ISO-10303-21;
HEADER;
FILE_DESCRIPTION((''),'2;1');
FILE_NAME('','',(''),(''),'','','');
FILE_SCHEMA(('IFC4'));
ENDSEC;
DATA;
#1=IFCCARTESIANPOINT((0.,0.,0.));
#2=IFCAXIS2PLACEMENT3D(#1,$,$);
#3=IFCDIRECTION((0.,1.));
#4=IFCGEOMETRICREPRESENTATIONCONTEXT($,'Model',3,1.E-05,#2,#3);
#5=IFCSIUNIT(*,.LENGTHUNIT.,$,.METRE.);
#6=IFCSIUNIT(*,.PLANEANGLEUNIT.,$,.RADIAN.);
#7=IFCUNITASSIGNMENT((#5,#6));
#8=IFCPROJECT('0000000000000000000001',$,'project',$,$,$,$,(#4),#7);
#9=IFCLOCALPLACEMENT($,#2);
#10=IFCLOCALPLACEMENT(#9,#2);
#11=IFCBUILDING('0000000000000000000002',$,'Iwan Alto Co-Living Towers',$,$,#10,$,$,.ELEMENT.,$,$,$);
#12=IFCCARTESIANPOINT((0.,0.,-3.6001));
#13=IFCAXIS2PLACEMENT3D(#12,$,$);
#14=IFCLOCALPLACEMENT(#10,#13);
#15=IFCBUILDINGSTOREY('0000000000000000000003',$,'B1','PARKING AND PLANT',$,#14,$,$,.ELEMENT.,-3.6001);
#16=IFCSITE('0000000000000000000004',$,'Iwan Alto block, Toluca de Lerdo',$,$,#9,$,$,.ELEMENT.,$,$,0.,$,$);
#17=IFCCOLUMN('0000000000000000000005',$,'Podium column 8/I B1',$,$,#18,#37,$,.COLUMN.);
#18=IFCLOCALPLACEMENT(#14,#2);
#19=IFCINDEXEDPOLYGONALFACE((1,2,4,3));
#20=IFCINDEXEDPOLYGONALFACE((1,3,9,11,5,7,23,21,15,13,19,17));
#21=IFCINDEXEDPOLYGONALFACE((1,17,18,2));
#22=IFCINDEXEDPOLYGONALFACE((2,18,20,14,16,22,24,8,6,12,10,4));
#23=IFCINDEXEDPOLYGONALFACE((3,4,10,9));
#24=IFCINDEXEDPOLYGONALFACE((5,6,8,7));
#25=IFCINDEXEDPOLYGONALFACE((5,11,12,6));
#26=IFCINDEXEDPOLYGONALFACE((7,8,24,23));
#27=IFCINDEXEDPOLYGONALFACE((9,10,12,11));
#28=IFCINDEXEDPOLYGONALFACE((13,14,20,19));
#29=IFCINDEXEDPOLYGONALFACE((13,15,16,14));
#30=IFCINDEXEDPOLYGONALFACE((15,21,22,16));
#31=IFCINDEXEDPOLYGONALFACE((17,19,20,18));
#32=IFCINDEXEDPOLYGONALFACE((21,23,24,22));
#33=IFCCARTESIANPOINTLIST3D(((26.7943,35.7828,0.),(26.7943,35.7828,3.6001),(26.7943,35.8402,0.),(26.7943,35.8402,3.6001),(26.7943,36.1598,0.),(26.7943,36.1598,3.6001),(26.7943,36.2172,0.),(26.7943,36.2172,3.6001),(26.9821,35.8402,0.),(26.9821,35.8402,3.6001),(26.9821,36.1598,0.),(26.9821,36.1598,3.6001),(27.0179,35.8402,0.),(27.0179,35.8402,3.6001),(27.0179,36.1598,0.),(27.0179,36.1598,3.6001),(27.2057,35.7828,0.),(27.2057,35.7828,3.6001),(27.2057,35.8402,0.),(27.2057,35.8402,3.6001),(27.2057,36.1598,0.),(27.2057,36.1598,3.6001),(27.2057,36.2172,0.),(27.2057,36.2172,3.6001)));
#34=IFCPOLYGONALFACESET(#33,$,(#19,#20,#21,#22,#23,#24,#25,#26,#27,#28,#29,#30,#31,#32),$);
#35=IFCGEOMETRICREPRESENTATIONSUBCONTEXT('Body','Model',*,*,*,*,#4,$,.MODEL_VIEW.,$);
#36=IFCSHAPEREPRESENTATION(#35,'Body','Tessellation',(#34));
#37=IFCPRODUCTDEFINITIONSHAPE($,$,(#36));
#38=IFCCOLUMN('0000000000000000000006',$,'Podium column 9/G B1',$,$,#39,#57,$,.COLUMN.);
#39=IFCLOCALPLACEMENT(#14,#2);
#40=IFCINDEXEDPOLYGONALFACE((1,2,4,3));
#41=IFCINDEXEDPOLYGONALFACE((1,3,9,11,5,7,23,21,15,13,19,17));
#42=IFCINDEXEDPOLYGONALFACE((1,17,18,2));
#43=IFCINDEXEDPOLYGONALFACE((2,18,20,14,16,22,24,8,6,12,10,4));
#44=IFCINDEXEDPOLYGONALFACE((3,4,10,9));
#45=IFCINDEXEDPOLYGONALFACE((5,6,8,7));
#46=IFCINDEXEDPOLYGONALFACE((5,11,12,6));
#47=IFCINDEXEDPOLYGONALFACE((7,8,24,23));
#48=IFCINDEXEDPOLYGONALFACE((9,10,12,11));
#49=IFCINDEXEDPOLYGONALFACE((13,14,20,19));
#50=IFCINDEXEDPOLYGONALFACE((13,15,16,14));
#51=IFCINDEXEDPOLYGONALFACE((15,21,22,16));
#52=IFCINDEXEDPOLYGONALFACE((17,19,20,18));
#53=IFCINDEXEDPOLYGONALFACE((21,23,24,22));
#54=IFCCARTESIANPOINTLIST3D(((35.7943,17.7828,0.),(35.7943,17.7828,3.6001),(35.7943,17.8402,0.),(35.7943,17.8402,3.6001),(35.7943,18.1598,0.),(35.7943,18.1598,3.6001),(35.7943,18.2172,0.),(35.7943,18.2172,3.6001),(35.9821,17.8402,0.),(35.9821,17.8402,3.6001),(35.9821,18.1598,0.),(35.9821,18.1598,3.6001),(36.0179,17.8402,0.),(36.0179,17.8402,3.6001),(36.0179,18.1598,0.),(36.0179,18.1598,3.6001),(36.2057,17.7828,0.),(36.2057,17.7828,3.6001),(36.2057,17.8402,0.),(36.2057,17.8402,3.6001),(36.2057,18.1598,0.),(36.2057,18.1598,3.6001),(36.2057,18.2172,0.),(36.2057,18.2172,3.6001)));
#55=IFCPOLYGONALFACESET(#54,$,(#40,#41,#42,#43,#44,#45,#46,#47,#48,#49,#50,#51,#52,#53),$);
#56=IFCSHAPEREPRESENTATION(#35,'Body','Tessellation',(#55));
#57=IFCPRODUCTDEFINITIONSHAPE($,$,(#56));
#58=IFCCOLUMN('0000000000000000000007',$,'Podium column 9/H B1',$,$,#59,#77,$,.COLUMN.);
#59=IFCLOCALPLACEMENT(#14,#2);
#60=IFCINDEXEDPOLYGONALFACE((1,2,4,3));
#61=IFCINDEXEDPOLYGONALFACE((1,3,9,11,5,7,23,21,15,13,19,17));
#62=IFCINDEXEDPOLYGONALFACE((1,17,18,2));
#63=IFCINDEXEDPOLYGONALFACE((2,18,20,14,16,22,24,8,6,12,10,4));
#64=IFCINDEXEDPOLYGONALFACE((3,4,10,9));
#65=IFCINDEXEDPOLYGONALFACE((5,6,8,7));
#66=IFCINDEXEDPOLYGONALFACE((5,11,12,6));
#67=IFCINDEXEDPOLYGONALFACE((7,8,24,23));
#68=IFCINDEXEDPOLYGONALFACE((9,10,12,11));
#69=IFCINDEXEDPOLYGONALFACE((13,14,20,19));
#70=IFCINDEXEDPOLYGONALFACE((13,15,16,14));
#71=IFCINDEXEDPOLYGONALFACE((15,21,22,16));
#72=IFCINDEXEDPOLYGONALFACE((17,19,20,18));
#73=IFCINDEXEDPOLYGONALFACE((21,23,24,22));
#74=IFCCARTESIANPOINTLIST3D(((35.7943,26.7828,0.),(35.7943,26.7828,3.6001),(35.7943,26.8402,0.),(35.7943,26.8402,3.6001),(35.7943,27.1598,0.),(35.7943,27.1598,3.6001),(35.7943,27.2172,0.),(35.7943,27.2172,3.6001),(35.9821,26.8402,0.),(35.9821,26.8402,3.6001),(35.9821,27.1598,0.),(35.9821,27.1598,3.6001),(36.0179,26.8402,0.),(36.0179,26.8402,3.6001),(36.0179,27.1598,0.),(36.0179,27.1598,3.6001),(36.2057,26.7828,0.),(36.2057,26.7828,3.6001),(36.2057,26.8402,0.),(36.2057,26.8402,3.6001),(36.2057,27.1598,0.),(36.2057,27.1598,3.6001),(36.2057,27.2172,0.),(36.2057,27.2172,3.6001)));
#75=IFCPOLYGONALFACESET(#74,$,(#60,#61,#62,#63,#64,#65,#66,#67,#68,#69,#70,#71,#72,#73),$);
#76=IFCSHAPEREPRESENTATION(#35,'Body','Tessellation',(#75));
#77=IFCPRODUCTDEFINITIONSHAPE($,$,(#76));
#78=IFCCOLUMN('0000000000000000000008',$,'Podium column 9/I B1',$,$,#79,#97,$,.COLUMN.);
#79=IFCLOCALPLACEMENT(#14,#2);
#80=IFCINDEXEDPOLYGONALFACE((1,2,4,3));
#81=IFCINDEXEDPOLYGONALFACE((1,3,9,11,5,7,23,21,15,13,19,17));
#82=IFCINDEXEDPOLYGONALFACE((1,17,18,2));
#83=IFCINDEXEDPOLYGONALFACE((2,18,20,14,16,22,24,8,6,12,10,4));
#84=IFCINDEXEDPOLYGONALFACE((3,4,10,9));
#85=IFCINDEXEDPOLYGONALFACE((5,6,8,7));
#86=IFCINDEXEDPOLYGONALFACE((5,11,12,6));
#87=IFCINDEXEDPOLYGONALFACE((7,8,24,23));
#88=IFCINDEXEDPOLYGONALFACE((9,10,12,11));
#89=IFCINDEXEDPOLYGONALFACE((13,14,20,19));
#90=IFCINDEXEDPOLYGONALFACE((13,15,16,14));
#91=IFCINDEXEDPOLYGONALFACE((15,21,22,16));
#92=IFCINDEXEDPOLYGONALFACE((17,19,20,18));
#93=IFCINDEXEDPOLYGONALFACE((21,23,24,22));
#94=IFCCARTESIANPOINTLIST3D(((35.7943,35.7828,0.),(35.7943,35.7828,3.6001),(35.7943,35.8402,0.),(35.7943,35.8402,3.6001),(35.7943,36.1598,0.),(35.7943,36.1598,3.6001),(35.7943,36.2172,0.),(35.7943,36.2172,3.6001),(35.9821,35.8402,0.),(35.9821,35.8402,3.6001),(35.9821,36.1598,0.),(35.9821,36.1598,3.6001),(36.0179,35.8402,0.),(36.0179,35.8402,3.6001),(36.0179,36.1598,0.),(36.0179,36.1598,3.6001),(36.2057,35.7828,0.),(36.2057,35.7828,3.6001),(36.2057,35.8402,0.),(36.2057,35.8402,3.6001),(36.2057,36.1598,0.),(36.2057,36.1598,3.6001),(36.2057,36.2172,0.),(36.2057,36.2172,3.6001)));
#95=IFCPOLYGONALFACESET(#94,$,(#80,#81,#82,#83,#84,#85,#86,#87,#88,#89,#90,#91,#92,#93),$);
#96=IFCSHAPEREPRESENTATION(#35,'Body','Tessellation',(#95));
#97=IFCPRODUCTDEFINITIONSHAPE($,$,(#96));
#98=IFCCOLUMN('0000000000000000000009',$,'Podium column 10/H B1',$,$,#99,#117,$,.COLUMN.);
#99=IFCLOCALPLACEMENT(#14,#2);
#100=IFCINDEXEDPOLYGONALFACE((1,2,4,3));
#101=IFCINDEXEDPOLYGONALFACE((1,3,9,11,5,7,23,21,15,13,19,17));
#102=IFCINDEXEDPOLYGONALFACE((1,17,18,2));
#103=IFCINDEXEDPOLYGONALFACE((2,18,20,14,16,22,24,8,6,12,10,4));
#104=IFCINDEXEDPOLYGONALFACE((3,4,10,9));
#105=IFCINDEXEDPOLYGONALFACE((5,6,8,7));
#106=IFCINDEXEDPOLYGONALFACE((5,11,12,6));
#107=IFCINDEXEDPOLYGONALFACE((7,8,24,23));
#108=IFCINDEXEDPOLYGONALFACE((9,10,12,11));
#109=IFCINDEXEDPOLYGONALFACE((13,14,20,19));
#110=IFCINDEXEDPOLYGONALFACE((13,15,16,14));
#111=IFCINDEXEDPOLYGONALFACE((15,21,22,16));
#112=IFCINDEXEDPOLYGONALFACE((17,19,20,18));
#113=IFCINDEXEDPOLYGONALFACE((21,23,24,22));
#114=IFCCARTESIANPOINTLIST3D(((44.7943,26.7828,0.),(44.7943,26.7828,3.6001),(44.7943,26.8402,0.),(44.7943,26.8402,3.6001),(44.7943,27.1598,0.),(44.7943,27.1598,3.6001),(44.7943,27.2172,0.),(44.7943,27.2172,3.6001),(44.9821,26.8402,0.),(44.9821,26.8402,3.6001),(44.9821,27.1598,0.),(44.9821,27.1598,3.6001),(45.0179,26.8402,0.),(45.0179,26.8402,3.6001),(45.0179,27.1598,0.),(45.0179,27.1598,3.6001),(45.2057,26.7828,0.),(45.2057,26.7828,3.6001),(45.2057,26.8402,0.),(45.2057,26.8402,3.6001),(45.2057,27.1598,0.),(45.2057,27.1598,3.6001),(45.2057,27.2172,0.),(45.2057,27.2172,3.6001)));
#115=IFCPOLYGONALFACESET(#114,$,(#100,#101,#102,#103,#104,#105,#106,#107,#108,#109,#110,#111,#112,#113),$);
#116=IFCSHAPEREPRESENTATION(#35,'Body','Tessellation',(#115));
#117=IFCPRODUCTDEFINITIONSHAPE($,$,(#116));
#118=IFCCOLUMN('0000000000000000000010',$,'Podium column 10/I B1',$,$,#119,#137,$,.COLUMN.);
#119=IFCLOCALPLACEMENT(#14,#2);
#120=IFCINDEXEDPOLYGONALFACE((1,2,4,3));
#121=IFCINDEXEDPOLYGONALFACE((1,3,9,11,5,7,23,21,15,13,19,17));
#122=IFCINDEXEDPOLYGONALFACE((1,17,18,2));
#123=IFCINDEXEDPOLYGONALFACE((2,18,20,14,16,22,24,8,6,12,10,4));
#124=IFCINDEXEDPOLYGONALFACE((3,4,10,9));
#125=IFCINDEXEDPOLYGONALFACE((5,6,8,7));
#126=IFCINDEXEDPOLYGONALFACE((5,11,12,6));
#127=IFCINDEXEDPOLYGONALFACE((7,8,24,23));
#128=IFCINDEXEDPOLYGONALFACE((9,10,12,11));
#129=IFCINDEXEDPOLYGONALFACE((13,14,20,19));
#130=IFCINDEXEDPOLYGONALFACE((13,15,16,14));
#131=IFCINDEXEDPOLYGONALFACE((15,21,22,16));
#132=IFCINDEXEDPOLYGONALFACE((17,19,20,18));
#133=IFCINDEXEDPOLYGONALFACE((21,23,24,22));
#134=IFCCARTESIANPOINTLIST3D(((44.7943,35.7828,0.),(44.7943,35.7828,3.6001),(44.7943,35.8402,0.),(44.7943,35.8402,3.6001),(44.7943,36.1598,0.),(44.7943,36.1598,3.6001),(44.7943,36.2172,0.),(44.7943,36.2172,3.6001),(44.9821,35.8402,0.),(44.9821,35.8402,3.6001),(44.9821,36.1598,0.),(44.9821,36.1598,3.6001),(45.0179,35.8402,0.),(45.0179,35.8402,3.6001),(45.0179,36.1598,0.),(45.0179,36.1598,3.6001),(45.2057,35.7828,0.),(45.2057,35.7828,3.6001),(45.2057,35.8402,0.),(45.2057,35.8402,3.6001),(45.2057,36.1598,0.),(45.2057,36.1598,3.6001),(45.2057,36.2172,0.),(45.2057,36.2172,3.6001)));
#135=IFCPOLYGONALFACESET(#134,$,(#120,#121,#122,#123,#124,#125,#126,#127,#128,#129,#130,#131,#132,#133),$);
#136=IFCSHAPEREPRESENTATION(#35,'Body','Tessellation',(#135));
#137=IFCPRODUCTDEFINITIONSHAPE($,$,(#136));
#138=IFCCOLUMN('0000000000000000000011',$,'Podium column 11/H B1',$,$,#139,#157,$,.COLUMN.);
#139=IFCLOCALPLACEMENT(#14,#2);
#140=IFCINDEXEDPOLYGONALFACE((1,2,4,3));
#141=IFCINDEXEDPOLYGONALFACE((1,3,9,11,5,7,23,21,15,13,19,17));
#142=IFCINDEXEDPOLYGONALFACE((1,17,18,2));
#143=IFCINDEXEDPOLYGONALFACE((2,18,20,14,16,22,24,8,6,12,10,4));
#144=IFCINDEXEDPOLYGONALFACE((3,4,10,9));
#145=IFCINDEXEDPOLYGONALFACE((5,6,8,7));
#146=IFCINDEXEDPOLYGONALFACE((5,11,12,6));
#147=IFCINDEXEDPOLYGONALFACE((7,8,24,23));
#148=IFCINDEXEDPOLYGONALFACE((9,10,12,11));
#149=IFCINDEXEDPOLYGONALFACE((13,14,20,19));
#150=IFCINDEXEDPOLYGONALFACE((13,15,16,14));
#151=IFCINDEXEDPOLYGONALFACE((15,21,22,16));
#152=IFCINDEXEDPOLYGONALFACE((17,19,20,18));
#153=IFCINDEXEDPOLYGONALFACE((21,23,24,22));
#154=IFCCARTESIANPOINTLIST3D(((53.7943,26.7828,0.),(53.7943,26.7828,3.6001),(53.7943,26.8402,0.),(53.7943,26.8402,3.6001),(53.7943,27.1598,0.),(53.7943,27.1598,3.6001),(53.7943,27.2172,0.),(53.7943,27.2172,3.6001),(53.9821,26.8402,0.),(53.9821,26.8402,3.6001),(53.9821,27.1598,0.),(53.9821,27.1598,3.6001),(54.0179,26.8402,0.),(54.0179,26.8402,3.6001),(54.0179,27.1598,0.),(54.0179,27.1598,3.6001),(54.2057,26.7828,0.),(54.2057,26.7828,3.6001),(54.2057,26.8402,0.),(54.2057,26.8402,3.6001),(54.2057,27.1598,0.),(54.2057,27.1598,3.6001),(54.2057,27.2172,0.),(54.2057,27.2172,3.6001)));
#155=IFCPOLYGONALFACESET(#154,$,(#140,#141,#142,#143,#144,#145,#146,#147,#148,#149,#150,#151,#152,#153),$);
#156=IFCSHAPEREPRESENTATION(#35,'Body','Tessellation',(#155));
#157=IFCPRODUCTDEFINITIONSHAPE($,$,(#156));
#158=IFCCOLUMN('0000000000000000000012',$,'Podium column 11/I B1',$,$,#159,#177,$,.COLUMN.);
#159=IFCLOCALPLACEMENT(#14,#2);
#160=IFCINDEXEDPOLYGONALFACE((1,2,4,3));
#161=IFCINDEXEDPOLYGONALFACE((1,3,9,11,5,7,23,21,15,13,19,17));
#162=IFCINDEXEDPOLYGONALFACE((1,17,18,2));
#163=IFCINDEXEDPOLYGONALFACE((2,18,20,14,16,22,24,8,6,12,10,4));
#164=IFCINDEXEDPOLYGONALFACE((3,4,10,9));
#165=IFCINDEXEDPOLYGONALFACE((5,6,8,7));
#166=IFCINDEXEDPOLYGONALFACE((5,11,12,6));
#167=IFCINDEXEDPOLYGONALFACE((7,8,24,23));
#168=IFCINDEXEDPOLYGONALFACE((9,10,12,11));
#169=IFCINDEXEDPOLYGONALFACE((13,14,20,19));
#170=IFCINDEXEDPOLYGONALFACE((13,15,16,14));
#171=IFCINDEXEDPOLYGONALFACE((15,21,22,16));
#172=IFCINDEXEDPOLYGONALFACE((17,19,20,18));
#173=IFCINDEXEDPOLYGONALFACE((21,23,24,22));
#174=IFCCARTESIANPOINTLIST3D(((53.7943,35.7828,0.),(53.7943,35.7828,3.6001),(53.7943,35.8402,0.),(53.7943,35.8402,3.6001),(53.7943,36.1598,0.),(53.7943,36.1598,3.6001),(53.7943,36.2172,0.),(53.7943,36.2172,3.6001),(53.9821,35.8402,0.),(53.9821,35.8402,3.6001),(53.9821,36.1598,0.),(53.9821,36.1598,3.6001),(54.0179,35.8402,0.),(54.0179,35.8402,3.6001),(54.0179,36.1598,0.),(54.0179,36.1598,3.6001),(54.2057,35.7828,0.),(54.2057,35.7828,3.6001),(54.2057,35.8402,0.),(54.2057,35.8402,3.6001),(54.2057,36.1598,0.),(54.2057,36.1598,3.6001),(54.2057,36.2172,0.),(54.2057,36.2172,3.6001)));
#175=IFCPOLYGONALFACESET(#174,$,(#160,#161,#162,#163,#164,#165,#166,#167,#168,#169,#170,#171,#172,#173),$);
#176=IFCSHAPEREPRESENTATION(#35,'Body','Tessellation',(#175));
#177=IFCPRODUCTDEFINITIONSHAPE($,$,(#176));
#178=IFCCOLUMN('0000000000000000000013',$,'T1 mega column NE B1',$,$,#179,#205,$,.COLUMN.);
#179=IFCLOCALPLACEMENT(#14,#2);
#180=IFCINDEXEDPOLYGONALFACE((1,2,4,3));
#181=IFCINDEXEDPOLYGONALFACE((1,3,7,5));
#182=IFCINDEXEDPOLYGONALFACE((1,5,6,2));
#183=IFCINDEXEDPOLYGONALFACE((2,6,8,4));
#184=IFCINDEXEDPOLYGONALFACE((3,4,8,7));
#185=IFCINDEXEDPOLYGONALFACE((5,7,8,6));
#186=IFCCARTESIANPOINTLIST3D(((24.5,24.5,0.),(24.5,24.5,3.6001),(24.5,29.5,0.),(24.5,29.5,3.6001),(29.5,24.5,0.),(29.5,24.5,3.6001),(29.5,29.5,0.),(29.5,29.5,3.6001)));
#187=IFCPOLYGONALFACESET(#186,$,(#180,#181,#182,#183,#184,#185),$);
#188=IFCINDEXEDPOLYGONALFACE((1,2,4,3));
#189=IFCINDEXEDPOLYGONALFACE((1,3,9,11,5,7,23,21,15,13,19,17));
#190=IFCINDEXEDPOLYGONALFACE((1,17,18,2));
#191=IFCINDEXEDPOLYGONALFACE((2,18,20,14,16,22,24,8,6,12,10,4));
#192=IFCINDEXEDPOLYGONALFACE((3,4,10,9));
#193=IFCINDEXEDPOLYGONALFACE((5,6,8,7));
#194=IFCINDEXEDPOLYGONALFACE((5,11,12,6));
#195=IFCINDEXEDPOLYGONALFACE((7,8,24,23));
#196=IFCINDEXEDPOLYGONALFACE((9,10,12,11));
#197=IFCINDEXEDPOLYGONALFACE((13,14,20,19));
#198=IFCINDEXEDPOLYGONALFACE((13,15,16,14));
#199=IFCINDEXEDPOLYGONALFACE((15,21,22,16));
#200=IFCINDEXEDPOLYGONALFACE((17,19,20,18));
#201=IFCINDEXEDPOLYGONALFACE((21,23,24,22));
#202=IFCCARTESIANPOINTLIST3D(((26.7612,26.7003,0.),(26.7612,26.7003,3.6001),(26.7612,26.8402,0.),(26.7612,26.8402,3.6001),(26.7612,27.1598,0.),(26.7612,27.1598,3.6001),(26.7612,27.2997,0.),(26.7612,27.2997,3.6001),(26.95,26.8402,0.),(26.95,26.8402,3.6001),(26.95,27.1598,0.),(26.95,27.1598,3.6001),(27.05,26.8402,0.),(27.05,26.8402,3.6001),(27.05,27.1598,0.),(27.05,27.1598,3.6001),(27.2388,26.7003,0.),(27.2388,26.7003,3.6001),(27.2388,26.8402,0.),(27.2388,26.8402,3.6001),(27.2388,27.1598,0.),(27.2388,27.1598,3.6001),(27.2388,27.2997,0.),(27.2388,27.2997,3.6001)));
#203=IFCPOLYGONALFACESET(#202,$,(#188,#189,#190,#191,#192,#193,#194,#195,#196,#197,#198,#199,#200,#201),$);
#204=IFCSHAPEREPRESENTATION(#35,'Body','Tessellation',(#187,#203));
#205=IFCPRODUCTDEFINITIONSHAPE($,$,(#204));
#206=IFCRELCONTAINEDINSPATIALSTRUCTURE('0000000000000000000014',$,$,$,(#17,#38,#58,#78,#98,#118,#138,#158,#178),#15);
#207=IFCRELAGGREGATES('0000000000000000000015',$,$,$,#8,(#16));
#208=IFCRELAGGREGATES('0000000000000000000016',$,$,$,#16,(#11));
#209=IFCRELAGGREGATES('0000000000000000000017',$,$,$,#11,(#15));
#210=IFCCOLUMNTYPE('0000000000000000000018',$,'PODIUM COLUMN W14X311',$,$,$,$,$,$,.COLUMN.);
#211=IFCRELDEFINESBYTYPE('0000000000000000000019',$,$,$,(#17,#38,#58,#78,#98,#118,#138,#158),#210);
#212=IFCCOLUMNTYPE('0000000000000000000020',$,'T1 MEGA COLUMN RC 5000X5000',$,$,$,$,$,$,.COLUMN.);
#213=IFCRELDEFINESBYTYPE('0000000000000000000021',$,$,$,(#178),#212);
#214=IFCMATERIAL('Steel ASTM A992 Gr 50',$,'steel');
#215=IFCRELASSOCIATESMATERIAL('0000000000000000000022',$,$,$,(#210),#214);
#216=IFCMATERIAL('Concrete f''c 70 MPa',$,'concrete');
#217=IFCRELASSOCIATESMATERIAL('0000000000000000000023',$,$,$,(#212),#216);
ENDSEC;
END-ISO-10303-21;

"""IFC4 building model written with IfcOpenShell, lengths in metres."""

from ifc_helpers import new_model, si_unit, direction, frame, origin, origin_2d, place, context, subcontext, project, spatial, rectangle, i_section, extrude, material, material_profile, profile_set, type_object, element, save


model = new_model("IFC4")

# Units and contexts
model_context = context("Model", 3, precision=1e-05, world=origin(), true_north=direction((0.0, 1.0)))
body_context = subcontext(model_context, "Body", "Model", "MODEL_VIEW")
ifc_project = project(units=[si_unit("LENGTHUNIT", "METRE"), si_unit("PLANEANGLEUNIT", "RADIAN")], contexts=[model_context])

# Site, building, storey
site_placement = place(None, origin())
site = spatial("IfcSite", under=ifc_project, at=site_placement, Name="Iwan Alto block, Toluca de Lerdo", CompositionType="ELEMENT", RefElevation=0.0)
building_placement = place(site_placement, origin())
building = spatial("IfcBuilding", under=site, at=building_placement, Name="Iwan Alto Co-Living Towers", CompositionType="ELEMENT")
storey_placement = place(building_placement, frame((0.0, 0.0, -3.6001)))
storey = spatial("IfcBuildingStorey", under=building, at=storey_placement, Name="B1", Description="PARKING AND PLANT", CompositionType="ELEMENT", Elevation=-3.6001)

# Columns
ifc_material_1 = material(Name="Steel ASTM A992 Gr 50", Category="steel")
ifc_material_profile_1 = material_profile(ifc_material_1, i_section(OverallWidth=0.4114, OverallDepth=0.4343, WebThickness=0.0359, FlangeThickness=0.0574, at=origin_2d()), Name="W14X311")
ifc_profile_set_1 = profile_set([ifc_material_profile_1], Name="Steel ASTM A992 Gr 50")
column_type_1 = type_object("IfcColumnType", Name="PODIUM COLUMN W14X311", PredefinedType="COLUMN", material=ifc_profile_set_1)
for number, where, z_axis, x_axis, name in (
    (1, (27.0, 36.0, 0.0), (0.0, 0.0, 1.0), (1.0, 0.0, 0.0), "Podium column 8/I B1"),
    (2, (36.0, 18.0, 0.0), (0.0, 0.0, 1.0), (1.0, 0.0, 0.0), "Podium column 9/G B1"),
    (3, (36.0, 27.0, 0.0), (0.0, 0.0, 1.0), (1.0, 0.0, 0.0), "Podium column 9/H B1"),
    (4, (36.0, 36.0, 0.0), (0.0, 0.0, 1.0), (1.0, 0.0, 0.0), "Podium column 9/I B1"),
    (5, (45.0, 27.0, 0.0), (0.0, 0.0, 1.0), (1.0, 0.0, 0.0), "Podium column 10/H B1"),
    (6, (45.0, 36.0, 0.0), (0.0, 0.0, 1.0), (1.0, 0.0, 0.0), "Podium column 10/I B1"),
    (7, (54.0, 27.0, 0.0), (0.0, 0.0, 1.0), (1.0, 0.0, 0.0), "Podium column 11/H B1"),
    (8, (54.0, 36.0, 0.0), (0.0, 0.0, 1.0), (1.0, 0.0, 0.0), "Podium column 11/I B1"),
):
    element("IfcColumn", number, at=place(storey_placement, frame(where, z_axis=z_axis, x_axis=x_axis)), inside=storey, type_object=column_type_1, Name=name, PredefinedType="COLUMN", context=body_context, shape_type="SweptSolid", body=[
        extrude(i_section(OverallWidth=0.4114, OverallDepth=0.4343, WebThickness=0.0359, FlangeThickness=0.0574, at=origin_2d()), origin(), (0.0, 0.0, 1.0), 3.6001),
    ])
ifc_material_2 = material(Name="Concrete f'c 70 MPa", Category="concrete")
ifc_material_profile_2 = material_profile(ifc_material_2, rectangle(XDim=5.0, YDim=5.0, at=origin_2d()), Name="RC 5000X5000")
ifc_profile_set_2 = profile_set([ifc_material_profile_2], Name="Concrete f'c 70 MPa")
column_type_2 = type_object("IfcColumnType", Name="T1 MEGA COLUMN RC 5000X5000", PredefinedType="COLUMN", material=ifc_profile_set_2)
column_1_placement = place(storey_placement, frame((27.0, 27.0, 0.0), z_axis=(0.0, 0.0, 1.0), x_axis=(1.0, 0.0, 0.0)))
element("IfcColumn", 9, at=column_1_placement, inside=storey, type_object=column_type_2, Name="T1 mega column NE B1", PredefinedType="COLUMN", context=body_context, shape_type="SweptSolid", body=[
    extrude(rectangle(XDim=5.0, YDim=5.0, at=origin_2d()), origin(), (0.0, 0.0, 1.0), 3.6001),
    extrude(i_section(OverallWidth=0.4775, OverallDepth=0.5994, WebThickness=0.1001, FlangeThickness=0.1399, at=origin_2d()), origin(), (0.0, 0.0, 1.0), 3.6001),
])

save(model, "model.ifc")
